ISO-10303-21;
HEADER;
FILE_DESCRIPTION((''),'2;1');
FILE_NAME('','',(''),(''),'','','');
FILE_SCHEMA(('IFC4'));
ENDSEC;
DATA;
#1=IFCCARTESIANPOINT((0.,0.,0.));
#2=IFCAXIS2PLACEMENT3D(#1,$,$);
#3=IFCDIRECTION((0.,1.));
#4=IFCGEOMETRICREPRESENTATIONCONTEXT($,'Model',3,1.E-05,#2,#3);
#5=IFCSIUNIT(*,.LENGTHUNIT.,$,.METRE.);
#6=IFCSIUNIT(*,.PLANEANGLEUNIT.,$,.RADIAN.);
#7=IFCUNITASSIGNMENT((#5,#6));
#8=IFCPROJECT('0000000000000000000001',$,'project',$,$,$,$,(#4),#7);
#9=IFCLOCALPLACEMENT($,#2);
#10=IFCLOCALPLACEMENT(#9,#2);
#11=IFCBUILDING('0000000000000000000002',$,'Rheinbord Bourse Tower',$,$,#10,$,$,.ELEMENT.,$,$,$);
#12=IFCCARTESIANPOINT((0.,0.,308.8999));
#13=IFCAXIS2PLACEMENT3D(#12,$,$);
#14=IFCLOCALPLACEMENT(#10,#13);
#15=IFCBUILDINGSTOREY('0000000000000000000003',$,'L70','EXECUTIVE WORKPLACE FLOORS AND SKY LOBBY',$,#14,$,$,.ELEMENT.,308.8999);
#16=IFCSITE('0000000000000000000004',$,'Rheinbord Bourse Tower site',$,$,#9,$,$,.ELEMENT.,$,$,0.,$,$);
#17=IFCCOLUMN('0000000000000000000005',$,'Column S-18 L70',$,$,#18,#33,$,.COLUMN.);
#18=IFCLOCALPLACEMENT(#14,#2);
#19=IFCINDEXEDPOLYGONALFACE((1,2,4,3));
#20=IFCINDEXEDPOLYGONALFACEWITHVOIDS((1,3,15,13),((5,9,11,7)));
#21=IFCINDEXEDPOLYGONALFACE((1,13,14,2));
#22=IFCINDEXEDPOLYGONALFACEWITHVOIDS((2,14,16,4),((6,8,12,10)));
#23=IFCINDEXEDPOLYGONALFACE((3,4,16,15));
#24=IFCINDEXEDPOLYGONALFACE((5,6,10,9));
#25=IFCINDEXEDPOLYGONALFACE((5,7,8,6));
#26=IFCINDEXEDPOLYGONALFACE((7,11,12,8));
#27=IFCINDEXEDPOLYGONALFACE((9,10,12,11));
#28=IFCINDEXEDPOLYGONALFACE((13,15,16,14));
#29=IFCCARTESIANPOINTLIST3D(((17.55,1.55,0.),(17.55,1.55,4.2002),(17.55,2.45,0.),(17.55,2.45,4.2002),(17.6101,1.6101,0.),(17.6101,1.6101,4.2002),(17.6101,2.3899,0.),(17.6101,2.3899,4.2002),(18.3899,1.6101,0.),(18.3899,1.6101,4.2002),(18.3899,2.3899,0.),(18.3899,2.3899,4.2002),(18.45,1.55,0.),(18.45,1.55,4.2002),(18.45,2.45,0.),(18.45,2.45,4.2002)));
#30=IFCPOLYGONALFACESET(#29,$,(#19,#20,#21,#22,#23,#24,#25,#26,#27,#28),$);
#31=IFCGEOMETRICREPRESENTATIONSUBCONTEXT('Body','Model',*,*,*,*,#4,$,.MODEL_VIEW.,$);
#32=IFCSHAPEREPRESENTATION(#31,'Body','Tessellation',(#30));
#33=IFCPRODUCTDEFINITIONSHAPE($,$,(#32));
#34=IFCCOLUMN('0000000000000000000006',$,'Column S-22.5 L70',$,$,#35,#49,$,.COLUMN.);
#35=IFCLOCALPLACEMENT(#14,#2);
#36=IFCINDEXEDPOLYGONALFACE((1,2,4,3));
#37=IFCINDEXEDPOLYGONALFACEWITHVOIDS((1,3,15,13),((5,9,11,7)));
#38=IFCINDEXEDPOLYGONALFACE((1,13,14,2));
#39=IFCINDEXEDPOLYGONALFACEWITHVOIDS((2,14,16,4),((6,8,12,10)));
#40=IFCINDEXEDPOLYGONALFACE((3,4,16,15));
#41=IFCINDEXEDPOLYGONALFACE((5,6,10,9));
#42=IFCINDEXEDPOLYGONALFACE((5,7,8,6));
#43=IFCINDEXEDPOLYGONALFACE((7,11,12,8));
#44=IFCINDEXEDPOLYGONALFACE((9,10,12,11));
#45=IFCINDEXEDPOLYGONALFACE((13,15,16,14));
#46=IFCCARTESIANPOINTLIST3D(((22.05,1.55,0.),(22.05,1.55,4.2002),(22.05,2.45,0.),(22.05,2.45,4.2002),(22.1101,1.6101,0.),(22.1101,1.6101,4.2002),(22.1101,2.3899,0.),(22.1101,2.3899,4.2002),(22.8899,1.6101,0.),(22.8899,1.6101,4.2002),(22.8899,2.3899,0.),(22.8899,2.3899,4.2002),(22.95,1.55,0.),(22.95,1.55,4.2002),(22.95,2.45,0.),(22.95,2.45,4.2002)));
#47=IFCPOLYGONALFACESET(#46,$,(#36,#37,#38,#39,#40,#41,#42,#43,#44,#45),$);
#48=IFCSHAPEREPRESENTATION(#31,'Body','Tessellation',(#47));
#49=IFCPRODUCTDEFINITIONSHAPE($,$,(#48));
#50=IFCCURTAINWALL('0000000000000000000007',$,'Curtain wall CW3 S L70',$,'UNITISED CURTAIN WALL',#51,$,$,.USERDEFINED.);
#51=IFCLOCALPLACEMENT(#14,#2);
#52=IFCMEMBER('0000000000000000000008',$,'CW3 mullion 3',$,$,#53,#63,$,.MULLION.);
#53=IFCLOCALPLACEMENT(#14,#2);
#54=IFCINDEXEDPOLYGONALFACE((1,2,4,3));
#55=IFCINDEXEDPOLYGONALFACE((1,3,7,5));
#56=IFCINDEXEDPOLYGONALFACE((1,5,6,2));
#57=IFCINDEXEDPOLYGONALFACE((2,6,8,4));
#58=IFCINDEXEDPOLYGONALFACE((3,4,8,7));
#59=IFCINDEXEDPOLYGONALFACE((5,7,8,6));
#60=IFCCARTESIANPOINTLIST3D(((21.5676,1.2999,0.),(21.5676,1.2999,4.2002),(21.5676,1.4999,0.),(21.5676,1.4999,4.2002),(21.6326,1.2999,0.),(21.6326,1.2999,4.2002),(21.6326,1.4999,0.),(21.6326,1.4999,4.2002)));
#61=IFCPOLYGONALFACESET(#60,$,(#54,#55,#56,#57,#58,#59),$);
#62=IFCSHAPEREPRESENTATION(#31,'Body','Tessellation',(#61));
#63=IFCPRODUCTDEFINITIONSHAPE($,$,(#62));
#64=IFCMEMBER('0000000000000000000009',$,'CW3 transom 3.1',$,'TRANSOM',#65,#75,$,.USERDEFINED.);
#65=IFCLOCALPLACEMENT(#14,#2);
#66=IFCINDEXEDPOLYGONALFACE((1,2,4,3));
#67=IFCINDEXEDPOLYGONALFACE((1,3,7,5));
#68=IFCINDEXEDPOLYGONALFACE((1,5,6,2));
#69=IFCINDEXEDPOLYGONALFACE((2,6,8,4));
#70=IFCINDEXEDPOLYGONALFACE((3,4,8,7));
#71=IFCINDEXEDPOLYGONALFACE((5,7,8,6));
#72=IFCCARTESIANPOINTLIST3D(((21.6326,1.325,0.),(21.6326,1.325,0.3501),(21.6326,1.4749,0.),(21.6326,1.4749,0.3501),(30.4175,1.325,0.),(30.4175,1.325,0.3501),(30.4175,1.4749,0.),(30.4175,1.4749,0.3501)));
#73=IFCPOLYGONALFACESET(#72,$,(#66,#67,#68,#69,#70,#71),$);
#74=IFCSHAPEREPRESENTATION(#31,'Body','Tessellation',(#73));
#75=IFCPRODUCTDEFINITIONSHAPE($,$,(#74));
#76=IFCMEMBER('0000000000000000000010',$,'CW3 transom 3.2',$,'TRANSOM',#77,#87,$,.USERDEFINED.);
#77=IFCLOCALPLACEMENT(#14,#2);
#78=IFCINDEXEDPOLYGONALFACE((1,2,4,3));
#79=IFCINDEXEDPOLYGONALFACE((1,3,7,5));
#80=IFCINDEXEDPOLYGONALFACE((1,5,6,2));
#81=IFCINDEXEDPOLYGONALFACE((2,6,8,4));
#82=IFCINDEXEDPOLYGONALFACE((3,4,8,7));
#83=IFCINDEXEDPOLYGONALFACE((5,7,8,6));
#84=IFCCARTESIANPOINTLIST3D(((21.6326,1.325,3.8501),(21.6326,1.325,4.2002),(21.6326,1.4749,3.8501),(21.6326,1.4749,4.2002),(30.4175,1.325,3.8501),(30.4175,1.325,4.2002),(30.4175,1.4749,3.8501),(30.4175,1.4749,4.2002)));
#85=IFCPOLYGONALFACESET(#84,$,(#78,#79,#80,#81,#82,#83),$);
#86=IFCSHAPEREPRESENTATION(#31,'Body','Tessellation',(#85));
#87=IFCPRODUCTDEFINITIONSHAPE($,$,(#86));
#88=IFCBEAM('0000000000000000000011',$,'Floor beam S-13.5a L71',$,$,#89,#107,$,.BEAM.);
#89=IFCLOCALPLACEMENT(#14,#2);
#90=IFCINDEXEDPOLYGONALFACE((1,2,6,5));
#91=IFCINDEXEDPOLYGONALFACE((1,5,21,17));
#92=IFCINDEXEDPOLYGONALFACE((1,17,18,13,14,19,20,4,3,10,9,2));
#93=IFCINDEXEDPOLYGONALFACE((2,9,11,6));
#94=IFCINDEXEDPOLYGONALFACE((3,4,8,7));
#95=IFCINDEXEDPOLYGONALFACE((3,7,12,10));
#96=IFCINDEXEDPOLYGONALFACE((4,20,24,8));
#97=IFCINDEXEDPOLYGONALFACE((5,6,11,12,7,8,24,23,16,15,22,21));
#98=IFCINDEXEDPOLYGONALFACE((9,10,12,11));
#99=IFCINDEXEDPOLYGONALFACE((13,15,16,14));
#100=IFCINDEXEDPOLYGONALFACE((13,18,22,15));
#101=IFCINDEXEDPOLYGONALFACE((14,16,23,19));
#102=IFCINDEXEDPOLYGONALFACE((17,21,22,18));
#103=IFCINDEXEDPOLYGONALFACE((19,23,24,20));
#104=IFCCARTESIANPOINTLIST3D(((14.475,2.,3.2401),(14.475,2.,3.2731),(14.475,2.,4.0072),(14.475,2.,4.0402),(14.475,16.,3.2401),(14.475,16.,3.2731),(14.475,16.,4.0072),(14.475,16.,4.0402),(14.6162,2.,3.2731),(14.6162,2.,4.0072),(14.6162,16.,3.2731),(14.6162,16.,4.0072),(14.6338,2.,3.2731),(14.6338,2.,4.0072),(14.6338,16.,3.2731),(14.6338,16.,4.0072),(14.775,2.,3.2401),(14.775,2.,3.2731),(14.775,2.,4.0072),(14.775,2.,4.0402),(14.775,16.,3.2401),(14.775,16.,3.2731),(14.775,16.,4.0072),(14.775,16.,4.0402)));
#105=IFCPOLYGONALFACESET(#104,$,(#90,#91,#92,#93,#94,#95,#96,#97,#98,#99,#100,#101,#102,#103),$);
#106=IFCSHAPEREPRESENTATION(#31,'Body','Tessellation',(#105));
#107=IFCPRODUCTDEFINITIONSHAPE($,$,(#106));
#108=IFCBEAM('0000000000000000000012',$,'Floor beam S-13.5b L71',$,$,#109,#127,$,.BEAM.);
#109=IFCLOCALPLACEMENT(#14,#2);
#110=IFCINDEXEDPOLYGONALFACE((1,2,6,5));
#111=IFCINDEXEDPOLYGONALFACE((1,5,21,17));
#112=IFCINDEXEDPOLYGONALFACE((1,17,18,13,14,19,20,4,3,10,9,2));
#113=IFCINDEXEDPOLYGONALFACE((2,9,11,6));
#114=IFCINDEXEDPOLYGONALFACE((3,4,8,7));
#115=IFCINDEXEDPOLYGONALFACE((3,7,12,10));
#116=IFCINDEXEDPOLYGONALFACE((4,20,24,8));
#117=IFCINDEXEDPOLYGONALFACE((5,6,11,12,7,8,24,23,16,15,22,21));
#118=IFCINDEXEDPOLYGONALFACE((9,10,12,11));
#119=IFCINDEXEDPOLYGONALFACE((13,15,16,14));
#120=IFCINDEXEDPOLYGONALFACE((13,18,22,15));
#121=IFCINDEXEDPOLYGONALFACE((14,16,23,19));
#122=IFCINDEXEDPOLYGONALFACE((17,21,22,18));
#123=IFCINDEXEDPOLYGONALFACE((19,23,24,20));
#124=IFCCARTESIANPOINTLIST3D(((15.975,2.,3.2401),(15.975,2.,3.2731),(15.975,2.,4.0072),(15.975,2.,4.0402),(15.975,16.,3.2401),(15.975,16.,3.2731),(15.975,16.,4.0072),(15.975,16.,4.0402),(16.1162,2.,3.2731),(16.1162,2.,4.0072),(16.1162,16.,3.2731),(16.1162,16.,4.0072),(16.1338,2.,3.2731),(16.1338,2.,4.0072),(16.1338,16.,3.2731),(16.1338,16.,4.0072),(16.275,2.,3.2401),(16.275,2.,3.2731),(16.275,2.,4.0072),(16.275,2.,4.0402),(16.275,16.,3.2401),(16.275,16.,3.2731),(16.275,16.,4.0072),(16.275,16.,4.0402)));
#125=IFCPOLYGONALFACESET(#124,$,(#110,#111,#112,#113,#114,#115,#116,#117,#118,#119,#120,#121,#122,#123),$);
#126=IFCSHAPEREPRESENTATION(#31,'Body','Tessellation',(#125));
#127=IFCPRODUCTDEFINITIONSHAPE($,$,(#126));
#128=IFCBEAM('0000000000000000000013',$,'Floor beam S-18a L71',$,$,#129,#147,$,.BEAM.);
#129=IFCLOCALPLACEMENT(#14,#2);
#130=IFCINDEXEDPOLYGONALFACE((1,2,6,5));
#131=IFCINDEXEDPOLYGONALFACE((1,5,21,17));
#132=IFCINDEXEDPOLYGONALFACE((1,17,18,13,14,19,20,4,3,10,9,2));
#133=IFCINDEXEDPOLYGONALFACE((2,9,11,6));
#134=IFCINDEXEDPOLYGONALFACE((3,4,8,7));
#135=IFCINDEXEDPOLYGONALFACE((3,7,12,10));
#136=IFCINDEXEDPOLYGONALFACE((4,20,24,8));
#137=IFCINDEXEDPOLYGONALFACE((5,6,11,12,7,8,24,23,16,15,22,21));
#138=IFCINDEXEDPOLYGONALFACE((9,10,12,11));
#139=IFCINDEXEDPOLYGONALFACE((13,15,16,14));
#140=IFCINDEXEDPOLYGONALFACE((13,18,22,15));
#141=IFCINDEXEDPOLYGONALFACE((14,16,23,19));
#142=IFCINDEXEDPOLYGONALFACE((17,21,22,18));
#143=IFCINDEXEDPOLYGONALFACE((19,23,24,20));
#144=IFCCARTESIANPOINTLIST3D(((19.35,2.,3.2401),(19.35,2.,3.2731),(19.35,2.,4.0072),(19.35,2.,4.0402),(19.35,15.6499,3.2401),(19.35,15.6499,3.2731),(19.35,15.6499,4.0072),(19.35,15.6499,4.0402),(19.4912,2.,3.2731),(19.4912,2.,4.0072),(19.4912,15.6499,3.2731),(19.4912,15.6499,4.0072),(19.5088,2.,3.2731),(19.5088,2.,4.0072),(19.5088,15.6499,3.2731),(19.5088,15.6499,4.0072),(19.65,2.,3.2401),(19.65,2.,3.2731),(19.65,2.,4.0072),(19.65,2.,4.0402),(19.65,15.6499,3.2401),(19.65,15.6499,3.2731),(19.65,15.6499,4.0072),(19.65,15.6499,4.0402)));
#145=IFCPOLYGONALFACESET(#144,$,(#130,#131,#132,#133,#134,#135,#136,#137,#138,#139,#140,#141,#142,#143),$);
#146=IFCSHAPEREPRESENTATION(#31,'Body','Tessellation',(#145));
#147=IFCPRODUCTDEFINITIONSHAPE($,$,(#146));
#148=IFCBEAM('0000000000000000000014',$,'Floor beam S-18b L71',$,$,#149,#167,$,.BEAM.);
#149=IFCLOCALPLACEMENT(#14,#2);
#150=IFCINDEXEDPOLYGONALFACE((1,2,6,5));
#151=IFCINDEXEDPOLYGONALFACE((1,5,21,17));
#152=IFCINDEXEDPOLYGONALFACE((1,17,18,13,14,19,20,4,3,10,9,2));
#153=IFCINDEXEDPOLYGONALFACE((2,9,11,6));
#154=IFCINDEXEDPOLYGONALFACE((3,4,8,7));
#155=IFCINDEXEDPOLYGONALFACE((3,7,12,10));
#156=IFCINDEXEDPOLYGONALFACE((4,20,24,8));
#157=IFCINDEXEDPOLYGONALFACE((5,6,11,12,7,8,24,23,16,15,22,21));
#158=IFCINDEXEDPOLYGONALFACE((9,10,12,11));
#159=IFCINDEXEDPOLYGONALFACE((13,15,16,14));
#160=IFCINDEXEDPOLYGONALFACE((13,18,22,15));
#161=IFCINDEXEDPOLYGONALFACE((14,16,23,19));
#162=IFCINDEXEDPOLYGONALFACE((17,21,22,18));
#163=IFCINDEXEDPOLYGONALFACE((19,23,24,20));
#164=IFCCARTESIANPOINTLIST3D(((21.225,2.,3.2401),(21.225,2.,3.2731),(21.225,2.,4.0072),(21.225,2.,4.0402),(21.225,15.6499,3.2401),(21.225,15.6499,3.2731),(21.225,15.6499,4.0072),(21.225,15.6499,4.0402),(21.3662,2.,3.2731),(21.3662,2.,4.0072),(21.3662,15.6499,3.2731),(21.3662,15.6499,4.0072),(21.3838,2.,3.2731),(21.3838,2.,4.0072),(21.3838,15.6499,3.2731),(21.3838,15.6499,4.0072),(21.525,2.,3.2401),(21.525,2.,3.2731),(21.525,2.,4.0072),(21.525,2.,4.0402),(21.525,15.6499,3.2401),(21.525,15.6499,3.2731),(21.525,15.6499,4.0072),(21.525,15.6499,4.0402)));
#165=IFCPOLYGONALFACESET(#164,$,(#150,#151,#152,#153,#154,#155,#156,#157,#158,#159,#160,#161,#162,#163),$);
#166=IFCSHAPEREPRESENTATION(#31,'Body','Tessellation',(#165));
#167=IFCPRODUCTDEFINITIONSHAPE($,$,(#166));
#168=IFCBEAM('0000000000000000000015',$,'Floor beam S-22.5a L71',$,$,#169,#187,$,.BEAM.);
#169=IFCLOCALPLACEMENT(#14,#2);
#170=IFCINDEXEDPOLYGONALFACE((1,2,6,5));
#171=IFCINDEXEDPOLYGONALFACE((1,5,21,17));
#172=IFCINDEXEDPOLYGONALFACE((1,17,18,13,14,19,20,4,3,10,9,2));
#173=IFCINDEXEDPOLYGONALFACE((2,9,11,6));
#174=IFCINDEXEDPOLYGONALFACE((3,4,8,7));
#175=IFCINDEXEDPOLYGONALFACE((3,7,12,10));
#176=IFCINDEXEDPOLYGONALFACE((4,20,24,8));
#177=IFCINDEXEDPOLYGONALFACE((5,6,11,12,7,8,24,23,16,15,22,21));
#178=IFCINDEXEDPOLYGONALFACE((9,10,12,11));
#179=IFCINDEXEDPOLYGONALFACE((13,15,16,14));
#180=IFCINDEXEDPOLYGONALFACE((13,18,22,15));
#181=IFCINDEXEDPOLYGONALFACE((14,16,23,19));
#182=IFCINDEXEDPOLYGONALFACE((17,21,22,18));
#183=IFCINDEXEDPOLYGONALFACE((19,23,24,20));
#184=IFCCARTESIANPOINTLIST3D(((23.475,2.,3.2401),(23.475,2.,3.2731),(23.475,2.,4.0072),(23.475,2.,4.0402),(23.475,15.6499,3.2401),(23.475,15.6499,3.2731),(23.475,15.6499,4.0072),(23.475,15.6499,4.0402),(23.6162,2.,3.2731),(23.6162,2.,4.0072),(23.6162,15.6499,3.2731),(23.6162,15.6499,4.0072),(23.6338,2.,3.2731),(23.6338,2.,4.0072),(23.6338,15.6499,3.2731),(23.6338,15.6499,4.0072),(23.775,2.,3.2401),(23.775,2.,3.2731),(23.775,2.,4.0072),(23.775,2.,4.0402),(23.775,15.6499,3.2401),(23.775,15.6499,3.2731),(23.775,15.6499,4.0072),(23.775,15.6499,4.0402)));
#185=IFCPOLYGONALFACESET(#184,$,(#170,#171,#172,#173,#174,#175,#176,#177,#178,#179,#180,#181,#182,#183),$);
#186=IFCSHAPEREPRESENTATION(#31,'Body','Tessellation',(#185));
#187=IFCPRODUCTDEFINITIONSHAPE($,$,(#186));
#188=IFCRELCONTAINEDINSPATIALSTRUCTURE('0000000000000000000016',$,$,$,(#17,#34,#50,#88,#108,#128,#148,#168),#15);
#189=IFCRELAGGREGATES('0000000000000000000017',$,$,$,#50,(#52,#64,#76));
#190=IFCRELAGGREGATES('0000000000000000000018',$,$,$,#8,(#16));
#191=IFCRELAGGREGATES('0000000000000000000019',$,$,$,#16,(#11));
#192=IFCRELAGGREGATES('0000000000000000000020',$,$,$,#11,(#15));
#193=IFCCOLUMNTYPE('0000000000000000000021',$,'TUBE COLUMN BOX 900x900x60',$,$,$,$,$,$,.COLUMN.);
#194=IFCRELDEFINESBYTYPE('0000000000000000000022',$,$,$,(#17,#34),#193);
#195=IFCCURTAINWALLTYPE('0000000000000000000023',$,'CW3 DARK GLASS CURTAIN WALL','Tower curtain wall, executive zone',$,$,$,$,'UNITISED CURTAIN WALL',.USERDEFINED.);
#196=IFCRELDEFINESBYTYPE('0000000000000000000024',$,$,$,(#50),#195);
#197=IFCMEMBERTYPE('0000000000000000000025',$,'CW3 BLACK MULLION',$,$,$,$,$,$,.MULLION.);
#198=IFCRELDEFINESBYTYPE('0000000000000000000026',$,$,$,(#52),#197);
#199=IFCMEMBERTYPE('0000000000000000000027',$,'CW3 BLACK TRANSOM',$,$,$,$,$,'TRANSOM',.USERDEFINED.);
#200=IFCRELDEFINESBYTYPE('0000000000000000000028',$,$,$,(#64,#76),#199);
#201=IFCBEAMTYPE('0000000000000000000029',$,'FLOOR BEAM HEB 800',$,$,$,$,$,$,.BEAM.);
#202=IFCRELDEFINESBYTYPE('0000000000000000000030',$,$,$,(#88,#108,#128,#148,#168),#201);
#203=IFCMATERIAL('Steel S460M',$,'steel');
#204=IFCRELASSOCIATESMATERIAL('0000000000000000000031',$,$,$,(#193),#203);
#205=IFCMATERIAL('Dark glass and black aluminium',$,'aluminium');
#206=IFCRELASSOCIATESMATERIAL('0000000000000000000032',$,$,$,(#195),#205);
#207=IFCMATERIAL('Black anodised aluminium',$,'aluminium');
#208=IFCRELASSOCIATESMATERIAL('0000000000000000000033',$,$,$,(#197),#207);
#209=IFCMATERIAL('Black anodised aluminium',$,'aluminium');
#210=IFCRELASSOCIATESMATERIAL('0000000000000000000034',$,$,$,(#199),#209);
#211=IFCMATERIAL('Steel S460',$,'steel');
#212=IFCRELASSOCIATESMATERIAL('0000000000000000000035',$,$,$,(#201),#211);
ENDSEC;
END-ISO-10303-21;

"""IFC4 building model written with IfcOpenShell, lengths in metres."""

from ifc_helpers import new_model, si_unit, direction, frame, origin, origin_2d, place, context, subcontext, project, spatial, rectangle, hollow_rectangle, i_section, extrude, material, material_profile, profile_set, type_object, element, aggregate, save


model = new_model("IFC4")

# Units and contexts
model_context = context("Model", 3, precision=1e-05, world=origin(), true_north=direction((0.0, 1.0)))
body_context = subcontext(model_context, "Body", "Model", "MODEL_VIEW")
ifc_project = project(units=[si_unit("LENGTHUNIT", "METRE"), si_unit("PLANEANGLEUNIT", "RADIAN")], contexts=[model_context])

# Site, building, storey
site_placement = place(None, origin())
site = spatial("IfcSite", under=ifc_project, at=site_placement, Name="Rheinbord Bourse Tower site", CompositionType="ELEMENT", RefElevation=0.0)
building_placement = place(site_placement, origin())
building = spatial("IfcBuilding", under=site, at=building_placement, Name="Rheinbord Bourse Tower", CompositionType="ELEMENT")
storey_placement = place(building_placement, frame((0.0, 0.0, 308.8999)))
storey = spatial("IfcBuildingStorey", under=building, at=storey_placement, Name="L70", Description="EXECUTIVE WORKPLACE FLOORS AND SKY LOBBY", CompositionType="ELEMENT", Elevation=308.8999)

# Columns
ifc_material_1 = material(Name="Steel S460M", Category="steel")
ifc_material_profile_1 = material_profile(ifc_material_1, hollow_rectangle(XDim=0.8999, YDim=0.8999, WallThickness=0.0601, at=origin_2d()), Name="BOX 900x900x60")
ifc_profile_set_1 = profile_set([ifc_material_profile_1], Name="Steel S460M")
column_type = type_object("IfcColumnType", Name="TUBE COLUMN BOX 900x900x60", PredefinedType="COLUMN", material=ifc_profile_set_1)
for number, where, z_axis, x_axis, name in (
    (1, (18.0, 2.0, 0.0), (0.0, 0.0, 1.0), (0.0, 1.0, 0.0), "Column S-18 L70"),
    (2, (22.5, 2.0, 0.0), (0.0, 0.0, 1.0), (0.0, 1.0, 0.0), "Column S-22.5 L70"),
):
    element("IfcColumn", number, at=place(storey_placement, frame(where, z_axis=z_axis, x_axis=x_axis)), inside=storey, type_object=column_type, Name=name, PredefinedType="COLUMN", context=body_context, shape_type="SweptSolid", body=[
        extrude(hollow_rectangle(XDim=0.8999, YDim=0.8999, WallThickness=0.0601, at=origin_2d()), origin(), (0.0, 0.0, 1.0), 4.2002),
    ])

# Curtain wall, members
ifc_material_2 = material(Name="Dark glass and black aluminium", Category="aluminium")
curtain_wall_type = type_object("IfcCurtainWallType", Name="CW3 DARK GLASS CURTAIN WALL", Description="Tower curtain wall, executive zone", ElementType="UNITISED CURTAIN WALL", PredefinedType="USERDEFINED", material=ifc_material_2)
curtain_wall_placement = place(storey_placement, origin())
curtain_wall = element("IfcCurtainWall", 3, at=curtain_wall_placement, inside=storey, type_object=curtain_wall_type, Name="Curtain wall CW3 S L70", ObjectType="UNITISED CURTAIN WALL", PredefinedType="USERDEFINED")
ifc_material_3 = material(Name="Black anodised aluminium", Category="aluminium")
ifc_material_profile_2 = material_profile(ifc_material_3, rectangle(XDim=0.2, YDim=0.0649, at=origin_2d()), Name="CW3 MULLION 65x200")
ifc_profile_set_2 = profile_set([ifc_material_profile_2], Name="Black anodised aluminium")
member_type_1 = type_object("IfcMemberType", Name="CW3 BLACK MULLION", PredefinedType="MULLION", material=ifc_profile_set_2)
member_1_placement = place(storey_placement, frame((21.6001, 1.3999, 0.0), z_axis=(0.0, 0.0, 1.0), x_axis=(0.0, 1.0, 0.0)))
member_1 = element("IfcMember", 4, at=member_1_placement, type_object=member_type_1, Name="CW3 mullion 3", PredefinedType="MULLION", context=body_context, shape_type="SweptSolid", body=[
    extrude(rectangle(XDim=0.2, YDim=0.0649, at=origin_2d()), origin(), (0.0, 0.0, 1.0), 4.2002),
])
ifc_material_4 = material(Name="Black anodised aluminium", Category="aluminium")
ifc_material_profile_3 = material_profile(ifc_material_4, rectangle(XDim=0.1499, YDim=0.3501, at=origin_2d()), Name="CW3 TRANSOM 350x150")
ifc_profile_set_3 = profile_set([ifc_material_profile_3], Name="Black anodised aluminium")
member_type_2 = type_object("IfcMemberType", Name="CW3 BLACK TRANSOM", ElementType="TRANSOM", PredefinedType="USERDEFINED", material=ifc_profile_set_3)
member_2_placement = place(storey_placement, frame((21.6326, 1.3999, 0.175), z_axis=(1.0, 0.0, 0.0), x_axis=(0.0, 1.0, 0.0)))
member_2 = element("IfcMember", 5, at=member_2_placement, type_object=member_type_2, Name="CW3 transom 3.1", ObjectType="TRANSOM", PredefinedType="USERDEFINED", context=body_context, shape_type="SweptSolid", body=[
    extrude(rectangle(XDim=0.1499, YDim=0.3501, at=origin_2d()), origin(), (0.0, 0.0, 1.0), 8.7849),
])
member_3_placement = place(storey_placement, frame((21.6326, 1.3999, 4.0251), z_axis=(1.0, 0.0, 0.0), x_axis=(0.0, 1.0, 0.0)))
member_3 = element("IfcMember", 6, at=member_3_placement, type_object=member_type_2, Name="CW3 transom 3.2", ObjectType="TRANSOM", PredefinedType="USERDEFINED", context=body_context, shape_type="SweptSolid", body=[
    extrude(rectangle(XDim=0.1499, YDim=0.3501, at=origin_2d()), origin(), (0.0, 0.0, 1.0), 8.7849),
])

# Beams
ifc_material_5 = material(Name="Steel S460", Category="steel")
ifc_material_profile_4 = material_profile(ifc_material_5, i_section(OverallWidth=0.3, OverallDepth=0.8, WebThickness=0.0176, FlangeThickness=0.033, at=origin_2d()), Name="HEB 800")
ifc_profile_set_4 = profile_set([ifc_material_profile_4], Name="Steel S460")
beam_type_1 = type_object("IfcBeamType", Name="FLOOR BEAM HEB 800", PredefinedType="BEAM", material=ifc_profile_set_4)
for number, where, z_axis, x_axis, name in (
    (7, (14.625, 2.0, 3.6401), (0.0, 1.0, 0.0), (-1.0, 0.0, 0.0), "Floor beam S-13.5a L71"),
    (8, (16.125, 2.0, 3.6401), (0.0, 1.0, 0.0), (-1.0, 0.0, 0.0), "Floor beam S-13.5b L71"),
):
    element("IfcBeam", number, at=place(storey_placement, frame(where, z_axis=z_axis, x_axis=x_axis)), inside=storey, type_object=beam_type_1, Name=name, PredefinedType="BEAM", context=body_context, shape_type="SweptSolid", body=[
        extrude(i_section(OverallWidth=0.3, OverallDepth=0.8, WebThickness=0.0176, FlangeThickness=0.033, at=origin_2d()), origin(), (0.0, 0.0, 1.0), 14.0),
    ])
for number, where, z_axis, x_axis, name in (
    (9, (19.5, 2.0, 3.6401), (0.0, 1.0, 0.0), (-1.0, 0.0, 0.0), "Floor beam S-18a L71"),
    (10, (21.375, 2.0, 3.6401), (0.0, 1.0, 0.0), (-1.0, 0.0, 0.0), "Floor beam S-18b L71"),
    (11, (23.625, 2.0, 3.6401), (0.0, 1.0, 0.0), (-1.0, 0.0, 0.0), "Floor beam S-22.5a L71"),
):
    element("IfcBeam", number, at=place(storey_placement, frame(where, z_axis=z_axis, x_axis=x_axis)), inside=storey, type_object=beam_type_1, Name=name, PredefinedType="BEAM", context=body_context, shape_type="SweptSolid", body=[
        extrude(i_section(OverallWidth=0.3, OverallDepth=0.8, WebThickness=0.0176, FlangeThickness=0.033, at=origin_2d()), origin(), (0.0, 0.0, 1.0), 13.6499),
    ])

aggregate(curtain_wall, [member_1, member_2, member_3])

save(model, "model.ifc")
